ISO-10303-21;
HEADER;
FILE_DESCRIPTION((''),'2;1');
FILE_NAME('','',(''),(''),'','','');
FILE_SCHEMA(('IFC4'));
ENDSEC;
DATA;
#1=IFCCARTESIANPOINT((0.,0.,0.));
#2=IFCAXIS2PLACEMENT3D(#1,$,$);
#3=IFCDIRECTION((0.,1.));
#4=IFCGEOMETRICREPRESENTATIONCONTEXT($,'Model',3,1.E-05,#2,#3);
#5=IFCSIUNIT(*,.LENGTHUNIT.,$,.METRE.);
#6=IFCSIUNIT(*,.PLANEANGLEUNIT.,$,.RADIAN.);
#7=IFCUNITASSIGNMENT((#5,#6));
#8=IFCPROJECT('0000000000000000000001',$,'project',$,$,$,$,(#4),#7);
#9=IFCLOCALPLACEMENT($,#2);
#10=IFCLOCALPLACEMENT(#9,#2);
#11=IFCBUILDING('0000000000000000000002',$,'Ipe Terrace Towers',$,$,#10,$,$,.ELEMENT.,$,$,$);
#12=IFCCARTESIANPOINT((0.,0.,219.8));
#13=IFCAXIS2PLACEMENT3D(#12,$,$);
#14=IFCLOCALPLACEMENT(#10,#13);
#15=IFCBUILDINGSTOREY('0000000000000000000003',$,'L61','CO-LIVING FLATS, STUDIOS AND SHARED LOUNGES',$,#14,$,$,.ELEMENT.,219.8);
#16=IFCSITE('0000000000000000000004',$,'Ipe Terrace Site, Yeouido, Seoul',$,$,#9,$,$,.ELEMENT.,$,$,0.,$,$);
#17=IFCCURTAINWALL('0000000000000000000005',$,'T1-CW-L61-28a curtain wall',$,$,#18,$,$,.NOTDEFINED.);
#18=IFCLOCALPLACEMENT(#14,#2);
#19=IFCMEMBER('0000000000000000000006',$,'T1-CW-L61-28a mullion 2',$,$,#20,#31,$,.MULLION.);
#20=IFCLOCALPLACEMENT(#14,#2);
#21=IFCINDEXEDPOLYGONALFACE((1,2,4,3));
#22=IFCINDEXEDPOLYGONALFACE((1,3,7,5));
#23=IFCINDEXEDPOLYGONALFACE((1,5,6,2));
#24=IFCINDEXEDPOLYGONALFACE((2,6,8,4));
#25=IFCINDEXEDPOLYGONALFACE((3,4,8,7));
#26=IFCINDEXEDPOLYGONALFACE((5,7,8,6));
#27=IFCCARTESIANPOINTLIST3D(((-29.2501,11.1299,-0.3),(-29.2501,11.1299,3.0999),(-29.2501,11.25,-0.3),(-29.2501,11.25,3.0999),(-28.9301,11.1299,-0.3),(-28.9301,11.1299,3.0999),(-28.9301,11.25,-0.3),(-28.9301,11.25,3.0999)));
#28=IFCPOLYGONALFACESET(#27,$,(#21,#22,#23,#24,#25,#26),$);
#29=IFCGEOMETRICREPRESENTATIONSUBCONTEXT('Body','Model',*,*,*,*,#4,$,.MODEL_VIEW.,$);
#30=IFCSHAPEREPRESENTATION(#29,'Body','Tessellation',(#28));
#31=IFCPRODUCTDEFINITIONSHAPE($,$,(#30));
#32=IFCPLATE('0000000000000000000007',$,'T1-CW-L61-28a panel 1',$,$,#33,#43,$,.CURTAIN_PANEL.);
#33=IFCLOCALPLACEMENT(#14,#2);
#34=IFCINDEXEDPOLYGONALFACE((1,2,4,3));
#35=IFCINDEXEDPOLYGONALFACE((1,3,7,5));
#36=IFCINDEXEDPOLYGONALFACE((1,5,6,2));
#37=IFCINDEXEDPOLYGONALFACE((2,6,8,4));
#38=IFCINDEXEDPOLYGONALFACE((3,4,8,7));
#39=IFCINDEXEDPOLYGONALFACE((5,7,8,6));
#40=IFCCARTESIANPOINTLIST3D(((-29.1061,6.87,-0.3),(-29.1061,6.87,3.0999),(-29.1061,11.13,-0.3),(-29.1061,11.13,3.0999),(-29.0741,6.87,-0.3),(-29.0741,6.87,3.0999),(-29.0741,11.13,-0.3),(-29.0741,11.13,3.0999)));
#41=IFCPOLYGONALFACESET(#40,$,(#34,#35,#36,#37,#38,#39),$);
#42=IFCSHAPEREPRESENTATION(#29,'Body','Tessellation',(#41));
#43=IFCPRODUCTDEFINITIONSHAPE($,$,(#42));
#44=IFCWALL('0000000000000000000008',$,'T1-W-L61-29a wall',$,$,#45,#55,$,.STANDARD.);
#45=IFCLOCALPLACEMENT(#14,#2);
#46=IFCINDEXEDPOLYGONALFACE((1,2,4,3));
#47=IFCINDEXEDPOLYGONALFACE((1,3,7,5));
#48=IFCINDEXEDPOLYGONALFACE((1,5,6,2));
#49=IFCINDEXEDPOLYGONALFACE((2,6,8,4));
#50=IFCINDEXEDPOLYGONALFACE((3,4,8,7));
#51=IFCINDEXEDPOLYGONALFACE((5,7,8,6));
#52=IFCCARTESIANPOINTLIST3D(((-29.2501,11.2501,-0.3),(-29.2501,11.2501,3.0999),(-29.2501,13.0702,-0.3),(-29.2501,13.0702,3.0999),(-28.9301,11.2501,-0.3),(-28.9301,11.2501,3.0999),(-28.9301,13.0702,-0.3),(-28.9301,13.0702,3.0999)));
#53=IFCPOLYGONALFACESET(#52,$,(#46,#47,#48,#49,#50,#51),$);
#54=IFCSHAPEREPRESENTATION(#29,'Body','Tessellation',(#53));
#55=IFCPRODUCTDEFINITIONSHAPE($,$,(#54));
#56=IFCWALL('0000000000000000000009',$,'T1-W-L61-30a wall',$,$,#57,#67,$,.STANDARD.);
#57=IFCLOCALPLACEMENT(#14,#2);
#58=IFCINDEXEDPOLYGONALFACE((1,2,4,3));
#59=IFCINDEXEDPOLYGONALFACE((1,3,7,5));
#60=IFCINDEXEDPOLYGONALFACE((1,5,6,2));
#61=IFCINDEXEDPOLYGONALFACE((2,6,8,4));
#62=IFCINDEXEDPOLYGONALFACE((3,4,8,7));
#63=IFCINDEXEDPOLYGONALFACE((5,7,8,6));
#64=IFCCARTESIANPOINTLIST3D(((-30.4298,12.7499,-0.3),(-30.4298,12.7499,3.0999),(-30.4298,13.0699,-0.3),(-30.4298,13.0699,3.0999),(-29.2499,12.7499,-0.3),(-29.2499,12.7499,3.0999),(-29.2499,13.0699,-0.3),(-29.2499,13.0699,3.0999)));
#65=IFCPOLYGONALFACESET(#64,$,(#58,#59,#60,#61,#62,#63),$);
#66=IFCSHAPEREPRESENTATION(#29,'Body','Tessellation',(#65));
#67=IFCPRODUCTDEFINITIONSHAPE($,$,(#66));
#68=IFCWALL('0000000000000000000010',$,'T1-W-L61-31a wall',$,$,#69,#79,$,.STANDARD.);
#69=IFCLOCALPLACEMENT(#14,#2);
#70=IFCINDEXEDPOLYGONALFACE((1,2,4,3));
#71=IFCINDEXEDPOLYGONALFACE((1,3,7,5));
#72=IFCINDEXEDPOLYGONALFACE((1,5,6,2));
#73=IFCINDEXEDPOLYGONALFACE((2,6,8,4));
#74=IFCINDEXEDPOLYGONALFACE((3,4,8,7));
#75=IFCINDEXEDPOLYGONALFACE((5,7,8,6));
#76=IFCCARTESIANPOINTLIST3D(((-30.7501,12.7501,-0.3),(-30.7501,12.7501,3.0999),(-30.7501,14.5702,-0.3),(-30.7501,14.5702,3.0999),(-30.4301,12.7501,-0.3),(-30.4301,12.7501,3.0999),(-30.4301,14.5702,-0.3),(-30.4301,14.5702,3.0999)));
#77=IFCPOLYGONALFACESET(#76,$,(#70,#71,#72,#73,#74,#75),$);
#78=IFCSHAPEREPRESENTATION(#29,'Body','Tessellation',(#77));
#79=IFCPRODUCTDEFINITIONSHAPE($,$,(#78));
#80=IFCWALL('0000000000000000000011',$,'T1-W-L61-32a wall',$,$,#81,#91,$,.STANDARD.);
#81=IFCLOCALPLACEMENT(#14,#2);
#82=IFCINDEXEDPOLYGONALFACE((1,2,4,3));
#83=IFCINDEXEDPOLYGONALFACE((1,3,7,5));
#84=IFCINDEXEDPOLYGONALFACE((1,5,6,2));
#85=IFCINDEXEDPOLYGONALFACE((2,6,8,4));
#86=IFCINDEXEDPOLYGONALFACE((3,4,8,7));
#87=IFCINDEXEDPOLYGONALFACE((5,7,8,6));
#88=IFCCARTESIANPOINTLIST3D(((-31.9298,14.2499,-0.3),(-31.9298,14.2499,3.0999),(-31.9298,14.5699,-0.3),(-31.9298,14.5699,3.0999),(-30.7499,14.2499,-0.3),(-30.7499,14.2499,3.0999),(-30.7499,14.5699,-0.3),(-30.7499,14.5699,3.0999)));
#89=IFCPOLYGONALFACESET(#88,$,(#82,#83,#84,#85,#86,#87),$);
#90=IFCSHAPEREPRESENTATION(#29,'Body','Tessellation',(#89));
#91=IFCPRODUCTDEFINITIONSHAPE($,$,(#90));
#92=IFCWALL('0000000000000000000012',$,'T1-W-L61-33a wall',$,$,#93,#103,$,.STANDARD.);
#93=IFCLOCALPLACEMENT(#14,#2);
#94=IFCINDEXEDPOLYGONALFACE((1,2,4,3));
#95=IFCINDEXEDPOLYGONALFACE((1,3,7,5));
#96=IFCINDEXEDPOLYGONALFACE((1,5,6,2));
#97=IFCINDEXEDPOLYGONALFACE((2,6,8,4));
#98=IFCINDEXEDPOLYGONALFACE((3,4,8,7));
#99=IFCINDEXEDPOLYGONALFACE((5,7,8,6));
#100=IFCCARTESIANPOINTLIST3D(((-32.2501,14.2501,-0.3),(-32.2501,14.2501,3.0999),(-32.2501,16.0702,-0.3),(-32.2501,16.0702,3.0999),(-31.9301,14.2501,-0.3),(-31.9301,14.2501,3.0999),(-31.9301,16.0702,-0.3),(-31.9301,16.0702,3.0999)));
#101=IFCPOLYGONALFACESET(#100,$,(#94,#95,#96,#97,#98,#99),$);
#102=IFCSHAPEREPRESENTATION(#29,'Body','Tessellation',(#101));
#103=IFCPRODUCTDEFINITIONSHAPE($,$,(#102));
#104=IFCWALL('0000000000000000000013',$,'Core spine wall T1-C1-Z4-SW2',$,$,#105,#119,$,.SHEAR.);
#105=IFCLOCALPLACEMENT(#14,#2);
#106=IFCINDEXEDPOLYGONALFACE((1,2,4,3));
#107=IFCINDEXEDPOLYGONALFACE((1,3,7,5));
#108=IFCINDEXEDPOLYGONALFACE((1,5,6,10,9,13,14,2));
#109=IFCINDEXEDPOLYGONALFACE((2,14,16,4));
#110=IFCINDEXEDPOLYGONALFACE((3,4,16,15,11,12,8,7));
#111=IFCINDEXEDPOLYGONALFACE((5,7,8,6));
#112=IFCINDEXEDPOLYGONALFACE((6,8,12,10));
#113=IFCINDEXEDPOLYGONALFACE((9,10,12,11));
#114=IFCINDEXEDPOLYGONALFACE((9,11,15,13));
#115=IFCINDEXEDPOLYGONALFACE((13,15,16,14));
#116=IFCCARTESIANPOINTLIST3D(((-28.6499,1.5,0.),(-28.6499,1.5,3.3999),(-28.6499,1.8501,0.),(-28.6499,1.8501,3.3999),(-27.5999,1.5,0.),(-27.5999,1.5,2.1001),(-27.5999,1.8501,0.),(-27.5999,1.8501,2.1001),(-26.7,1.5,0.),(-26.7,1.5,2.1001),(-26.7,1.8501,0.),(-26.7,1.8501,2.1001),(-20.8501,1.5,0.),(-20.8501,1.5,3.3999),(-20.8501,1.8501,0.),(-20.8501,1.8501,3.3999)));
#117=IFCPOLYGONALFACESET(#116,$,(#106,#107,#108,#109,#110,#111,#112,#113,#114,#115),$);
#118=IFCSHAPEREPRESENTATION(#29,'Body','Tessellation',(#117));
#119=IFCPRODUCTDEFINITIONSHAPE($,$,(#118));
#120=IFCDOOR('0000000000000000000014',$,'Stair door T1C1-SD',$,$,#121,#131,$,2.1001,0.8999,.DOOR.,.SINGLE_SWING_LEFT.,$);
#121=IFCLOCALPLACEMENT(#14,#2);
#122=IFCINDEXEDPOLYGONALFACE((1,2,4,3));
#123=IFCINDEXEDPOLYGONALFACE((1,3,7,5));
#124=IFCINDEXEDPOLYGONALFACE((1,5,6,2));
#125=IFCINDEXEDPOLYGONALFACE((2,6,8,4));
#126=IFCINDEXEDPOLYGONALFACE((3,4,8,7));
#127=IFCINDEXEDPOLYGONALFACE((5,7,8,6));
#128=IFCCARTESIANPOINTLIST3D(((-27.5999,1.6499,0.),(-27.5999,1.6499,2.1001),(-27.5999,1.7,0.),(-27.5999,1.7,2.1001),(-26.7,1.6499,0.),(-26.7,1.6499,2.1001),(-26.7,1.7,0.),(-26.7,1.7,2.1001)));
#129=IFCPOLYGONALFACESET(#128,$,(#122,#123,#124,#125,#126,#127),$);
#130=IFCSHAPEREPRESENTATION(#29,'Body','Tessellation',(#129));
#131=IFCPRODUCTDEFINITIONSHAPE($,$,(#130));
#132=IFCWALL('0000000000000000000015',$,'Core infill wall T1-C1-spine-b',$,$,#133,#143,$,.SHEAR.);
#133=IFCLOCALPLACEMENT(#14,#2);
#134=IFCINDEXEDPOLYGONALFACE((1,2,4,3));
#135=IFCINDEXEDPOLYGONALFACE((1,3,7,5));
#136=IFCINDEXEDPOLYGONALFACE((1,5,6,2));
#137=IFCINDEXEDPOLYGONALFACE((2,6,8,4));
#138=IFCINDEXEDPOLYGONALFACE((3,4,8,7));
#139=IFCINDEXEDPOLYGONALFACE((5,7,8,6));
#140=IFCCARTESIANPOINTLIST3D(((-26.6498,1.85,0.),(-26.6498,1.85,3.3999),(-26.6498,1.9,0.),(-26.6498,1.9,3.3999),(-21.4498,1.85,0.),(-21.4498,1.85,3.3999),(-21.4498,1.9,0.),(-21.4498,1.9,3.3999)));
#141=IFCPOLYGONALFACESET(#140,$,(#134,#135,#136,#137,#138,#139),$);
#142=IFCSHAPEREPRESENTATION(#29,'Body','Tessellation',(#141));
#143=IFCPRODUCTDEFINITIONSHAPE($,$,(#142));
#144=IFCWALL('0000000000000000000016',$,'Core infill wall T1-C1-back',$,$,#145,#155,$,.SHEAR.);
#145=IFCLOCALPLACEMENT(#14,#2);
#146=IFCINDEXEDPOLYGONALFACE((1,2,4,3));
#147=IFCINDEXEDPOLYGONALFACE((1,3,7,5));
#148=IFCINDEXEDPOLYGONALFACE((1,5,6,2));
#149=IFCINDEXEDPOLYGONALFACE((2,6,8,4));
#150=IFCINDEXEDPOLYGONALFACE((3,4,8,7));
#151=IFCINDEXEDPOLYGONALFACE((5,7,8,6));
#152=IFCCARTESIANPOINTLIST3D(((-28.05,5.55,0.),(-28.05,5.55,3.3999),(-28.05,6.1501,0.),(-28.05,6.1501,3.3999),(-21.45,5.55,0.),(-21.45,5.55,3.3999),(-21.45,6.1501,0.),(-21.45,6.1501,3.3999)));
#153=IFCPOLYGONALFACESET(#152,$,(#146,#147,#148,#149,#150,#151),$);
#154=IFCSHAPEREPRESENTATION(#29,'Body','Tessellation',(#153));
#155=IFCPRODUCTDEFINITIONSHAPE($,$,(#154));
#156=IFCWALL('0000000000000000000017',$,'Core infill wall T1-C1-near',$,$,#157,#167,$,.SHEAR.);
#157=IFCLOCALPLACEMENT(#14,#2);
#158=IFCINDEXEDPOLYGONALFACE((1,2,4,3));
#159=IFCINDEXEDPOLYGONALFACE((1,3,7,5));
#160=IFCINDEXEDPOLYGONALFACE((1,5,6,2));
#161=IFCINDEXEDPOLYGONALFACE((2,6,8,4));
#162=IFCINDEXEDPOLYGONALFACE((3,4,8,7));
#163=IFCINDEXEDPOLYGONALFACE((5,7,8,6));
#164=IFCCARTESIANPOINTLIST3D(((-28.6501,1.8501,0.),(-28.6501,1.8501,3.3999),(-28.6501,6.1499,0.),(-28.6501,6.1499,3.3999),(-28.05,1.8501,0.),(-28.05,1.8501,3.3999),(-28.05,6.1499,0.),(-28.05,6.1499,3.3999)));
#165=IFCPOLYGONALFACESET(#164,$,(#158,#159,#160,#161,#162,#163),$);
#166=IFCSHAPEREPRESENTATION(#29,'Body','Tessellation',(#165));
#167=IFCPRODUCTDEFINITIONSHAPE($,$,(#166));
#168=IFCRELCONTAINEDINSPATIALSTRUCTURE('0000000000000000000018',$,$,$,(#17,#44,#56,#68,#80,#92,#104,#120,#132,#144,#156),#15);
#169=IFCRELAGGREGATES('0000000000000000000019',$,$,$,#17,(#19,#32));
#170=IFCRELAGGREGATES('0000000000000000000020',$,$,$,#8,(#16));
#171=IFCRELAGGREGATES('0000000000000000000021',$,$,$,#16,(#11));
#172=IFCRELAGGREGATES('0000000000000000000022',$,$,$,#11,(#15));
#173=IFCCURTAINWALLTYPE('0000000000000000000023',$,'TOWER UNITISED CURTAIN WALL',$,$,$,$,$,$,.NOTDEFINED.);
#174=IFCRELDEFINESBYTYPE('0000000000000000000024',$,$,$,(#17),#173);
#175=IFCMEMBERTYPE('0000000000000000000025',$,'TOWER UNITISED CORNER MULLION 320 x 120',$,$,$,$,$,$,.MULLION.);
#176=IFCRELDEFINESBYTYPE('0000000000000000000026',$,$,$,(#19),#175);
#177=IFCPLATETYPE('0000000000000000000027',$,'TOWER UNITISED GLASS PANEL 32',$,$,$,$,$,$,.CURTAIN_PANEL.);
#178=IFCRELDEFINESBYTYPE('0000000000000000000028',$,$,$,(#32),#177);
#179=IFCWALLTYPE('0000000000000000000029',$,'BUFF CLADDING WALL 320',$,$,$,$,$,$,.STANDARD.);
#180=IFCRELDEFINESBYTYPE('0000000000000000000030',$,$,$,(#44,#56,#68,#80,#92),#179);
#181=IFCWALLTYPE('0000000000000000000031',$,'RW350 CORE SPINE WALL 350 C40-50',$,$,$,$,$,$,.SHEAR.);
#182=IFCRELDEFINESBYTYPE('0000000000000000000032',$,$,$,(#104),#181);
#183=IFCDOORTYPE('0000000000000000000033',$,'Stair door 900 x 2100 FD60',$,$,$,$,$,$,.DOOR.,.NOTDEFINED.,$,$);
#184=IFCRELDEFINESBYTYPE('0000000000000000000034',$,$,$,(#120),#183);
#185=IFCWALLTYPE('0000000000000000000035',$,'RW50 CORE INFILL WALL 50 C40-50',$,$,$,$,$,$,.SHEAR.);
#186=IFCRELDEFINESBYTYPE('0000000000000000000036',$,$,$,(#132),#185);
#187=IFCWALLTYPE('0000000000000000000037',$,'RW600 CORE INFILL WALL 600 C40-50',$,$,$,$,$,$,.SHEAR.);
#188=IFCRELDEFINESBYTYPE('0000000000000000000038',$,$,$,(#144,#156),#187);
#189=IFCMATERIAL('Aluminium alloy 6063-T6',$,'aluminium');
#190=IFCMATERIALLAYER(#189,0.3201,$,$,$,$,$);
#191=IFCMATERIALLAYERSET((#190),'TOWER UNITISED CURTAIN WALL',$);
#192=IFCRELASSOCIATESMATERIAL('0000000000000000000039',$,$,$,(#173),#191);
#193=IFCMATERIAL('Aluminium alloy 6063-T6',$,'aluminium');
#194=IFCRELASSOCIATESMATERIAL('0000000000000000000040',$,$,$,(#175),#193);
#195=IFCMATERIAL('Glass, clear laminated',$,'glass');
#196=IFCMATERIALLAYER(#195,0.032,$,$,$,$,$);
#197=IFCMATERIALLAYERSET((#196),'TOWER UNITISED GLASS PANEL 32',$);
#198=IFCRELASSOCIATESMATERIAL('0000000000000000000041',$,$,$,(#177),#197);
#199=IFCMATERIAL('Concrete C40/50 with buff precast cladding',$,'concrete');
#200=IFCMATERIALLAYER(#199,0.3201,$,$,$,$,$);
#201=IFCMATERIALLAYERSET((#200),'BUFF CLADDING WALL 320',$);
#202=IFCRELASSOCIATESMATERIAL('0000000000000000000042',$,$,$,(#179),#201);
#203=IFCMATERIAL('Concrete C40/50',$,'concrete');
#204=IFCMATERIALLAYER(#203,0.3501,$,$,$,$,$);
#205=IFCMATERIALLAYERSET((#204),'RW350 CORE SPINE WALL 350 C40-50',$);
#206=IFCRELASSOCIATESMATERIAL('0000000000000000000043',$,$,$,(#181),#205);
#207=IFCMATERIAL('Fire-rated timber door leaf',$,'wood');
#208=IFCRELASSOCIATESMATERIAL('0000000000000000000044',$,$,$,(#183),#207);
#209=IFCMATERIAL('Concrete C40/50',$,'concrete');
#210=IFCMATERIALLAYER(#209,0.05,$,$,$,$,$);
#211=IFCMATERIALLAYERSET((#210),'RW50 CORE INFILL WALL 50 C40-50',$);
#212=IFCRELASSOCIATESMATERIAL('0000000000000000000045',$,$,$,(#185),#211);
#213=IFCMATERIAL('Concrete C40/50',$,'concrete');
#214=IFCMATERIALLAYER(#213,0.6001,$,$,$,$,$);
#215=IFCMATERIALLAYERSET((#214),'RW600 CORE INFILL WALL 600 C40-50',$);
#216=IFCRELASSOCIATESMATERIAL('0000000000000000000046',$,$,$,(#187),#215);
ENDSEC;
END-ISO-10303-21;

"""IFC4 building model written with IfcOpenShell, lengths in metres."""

from ifc_helpers import new_model, si_unit, direction, frame, frame_2d, origin, origin_2d, place, context, subcontext, project, spatial, rectangle, extrude, material, layer, layer_set, material_profile, profile_set, type_object, element, fill, aggregate, save


model = new_model("IFC4")

# Units and contexts
model_context = context("Model", 3, precision=1e-05, world=origin(), true_north=direction((0.0, 1.0)))
body_context = subcontext(model_context, "Body", "Model", "MODEL_VIEW")
ifc_project = project(units=[si_unit("LENGTHUNIT", "METRE"), si_unit("PLANEANGLEUNIT", "RADIAN")], contexts=[model_context])

# Site, building, storey
site_placement = place(None, origin())
site = spatial("IfcSite", under=ifc_project, at=site_placement, Name="Ipe Terrace Site, Yeouido, Seoul", CompositionType="ELEMENT", RefElevation=0.0)
building_placement = place(site_placement, origin())
building = spatial("IfcBuilding", under=site, at=building_placement, Name="Ipe Terrace Towers", CompositionType="ELEMENT")
storey_placement = place(building_placement, frame((0.0, 0.0, 219.8)))
storey = spatial("IfcBuildingStorey", under=building, at=storey_placement, Name="L61", Description="CO-LIVING FLATS, STUDIOS AND SHARED LOUNGES", CompositionType="ELEMENT", Elevation=219.8)

# Curtain wall, member, plate
ifc_material_1 = material(Name="Aluminium alloy 6063-T6", Category="aluminium")
ifc_layer_1 = layer(ifc_material_1, 0.3201)
ifc_layer_set_1 = layer_set([ifc_layer_1], Name="TOWER UNITISED CURTAIN WALL")
curtain_wall_type = type_object("IfcCurtainWallType", Name="TOWER UNITISED CURTAIN WALL", PredefinedType="NOTDEFINED", material=ifc_layer_set_1)
curtain_wall_placement = place(storey_placement, origin())
curtain_wall = element("IfcCurtainWall", 1, at=curtain_wall_placement, inside=storey, type_object=curtain_wall_type, Name="T1-CW-L61-28a curtain wall", PredefinedType="NOTDEFINED")
ifc_material_2 = material(Name="Aluminium alloy 6063-T6", Category="aluminium")
ifc_material_profile_1 = material_profile(ifc_material_2, rectangle(XDim=0.3201, YDim=0.1201, at=origin_2d()), Name="TOWER UNITISED CORNER MULLION 320 x 120")
ifc_profile_set_1 = profile_set([ifc_material_profile_1], Name="Aluminium alloy 6063-T6")
member_type = type_object("IfcMemberType", Name="TOWER UNITISED CORNER MULLION 320 x 120", PredefinedType="MULLION", material=ifc_profile_set_1)
member_1_placement = place(storey_placement, frame((-29.0901, 11.1899, -0.3), z_axis=(0.0, 0.0, 1.0), x_axis=(1.0, 0.0, 0.0)))
member_1 = element("IfcMember", 2, at=member_1_placement, type_object=member_type, Name="T1-CW-L61-28a mullion 2", PredefinedType="MULLION", context=body_context, shape_type="SweptSolid", body=[
    extrude(rectangle(XDim=0.3201, YDim=0.1201, at=origin_2d()), origin(), (0.0, 0.0, 1.0), 3.3999),
])
ifc_material_3 = material(Name="Glass, clear laminated", Category="glass")
ifc_layer_2 = layer(ifc_material_3, 0.032)
ifc_layer_set_2 = layer_set([ifc_layer_2], Name="TOWER UNITISED GLASS PANEL 32")
plate_type = type_object("IfcPlateType", Name="TOWER UNITISED GLASS PANEL 32", PredefinedType="CURTAIN_PANEL", material=ifc_layer_set_2)
plate_placement = place(storey_placement, frame((-29.0901, 9.0, -0.3), z_axis=(0.0, 0.0, 1.0), x_axis=(0.0, 1.0, 0.0)))
plate = element("IfcPlate", 3, at=plate_placement, type_object=plate_type, Name="T1-CW-L61-28a panel 1", PredefinedType="CURTAIN_PANEL", context=body_context, shape_type="SweptSolid", body=[
    extrude(rectangle(XDim=4.26, YDim=0.032, at=origin_2d()), origin(), (0.0, 0.0, 1.0), 3.3999),
])
aggregate(curtain_wall, [member_1, plate])

# Walls
ifc_material_4 = material(Name="Concrete C40/50 with buff precast cladding", Category="concrete")
ifc_layer_3 = layer(ifc_material_4, 0.3201)
ifc_layer_set_3 = layer_set([ifc_layer_3], Name="BUFF CLADDING WALL 320")
wall_type_1 = type_object("IfcWallType", Name="BUFF CLADDING WALL 320", PredefinedType="STANDARD", material=ifc_layer_set_3)
wall_1_placement = place(storey_placement, frame((-29.0901, 11.25, -0.3), z_axis=(0.0, 0.0, 1.0), x_axis=(0.0, 1.0, 0.0)))
element("IfcWall", 4, at=wall_1_placement, inside=storey, type_object=wall_type_1, Name="T1-W-L61-29a wall", PredefinedType="STANDARD", context=body_context, shape_type="SweptSolid", body=[
    extrude(rectangle(XDim=1.8201, YDim=0.3201, at=frame_2d((0.9102, 0.0))), origin(), (0.0, 0.0, 1.0), 3.3999),
])
wall_2_placement = place(storey_placement, frame((-29.25, 12.9099, -0.3), z_axis=(0.0, 0.0, 1.0), x_axis=(-1.0, 0.0, 0.0)))
element("IfcWall", 5, at=wall_2_placement, inside=storey, type_object=wall_type_1, Name="T1-W-L61-30a wall", PredefinedType="STANDARD", context=body_context, shape_type="SweptSolid", body=[
    extrude(rectangle(XDim=1.1799, YDim=0.3201, at=frame_2d((0.5898, 0.0))), origin(), (0.0, 0.0, 1.0), 3.3999),
])
wall_3_placement = place(storey_placement, frame((-30.5901, 12.75, -0.3), z_axis=(0.0, 0.0, 1.0), x_axis=(0.0, 1.0, 0.0)))
element("IfcWall", 6, at=wall_3_placement, inside=storey, type_object=wall_type_1, Name="T1-W-L61-31a wall", PredefinedType="STANDARD", context=body_context, shape_type="SweptSolid", body=[
    extrude(rectangle(XDim=1.8201, YDim=0.3201, at=frame_2d((0.9102, 0.0))), origin(), (0.0, 0.0, 1.0), 3.3999),
])
wall_4_placement = place(storey_placement, frame((-30.75, 14.4099, -0.3), z_axis=(0.0, 0.0, 1.0), x_axis=(-1.0, 0.0, 0.0)))
element("IfcWall", 7, at=wall_4_placement, inside=storey, type_object=wall_type_1, Name="T1-W-L61-32a wall", PredefinedType="STANDARD", context=body_context, shape_type="SweptSolid", body=[
    extrude(rectangle(XDim=1.1799, YDim=0.3201, at=frame_2d((0.5898, 0.0))), origin(), (0.0, 0.0, 1.0), 3.3999),
])
wall_5_placement = place(storey_placement, frame((-32.0901, 14.25, -0.3), z_axis=(0.0, 0.0, 1.0), x_axis=(0.0, 1.0, 0.0)))
element("IfcWall", 8, at=wall_5_placement, inside=storey, type_object=wall_type_1, Name="T1-W-L61-33a wall", PredefinedType="STANDARD", context=body_context, shape_type="SweptSolid", body=[
    extrude(rectangle(XDim=1.8201, YDim=0.3201, at=frame_2d((0.9102, 0.0))), origin(), (0.0, 0.0, 1.0), 3.3999),
])

# Wall, opening, door
ifc_material_5 = material(Name="Concrete C40/50", Category="concrete")
ifc_layer_4 = layer(ifc_material_5, 0.3501)
ifc_layer_set_4 = layer_set([ifc_layer_4], Name="RW350 CORE SPINE WALL 350 C40-50")
wall_type_2 = type_object("IfcWallType", Name="RW350 CORE SPINE WALL 350 C40-50", PredefinedType="SHEAR", material=ifc_layer_set_4)
wall_6_placement = place(storey_placement, frame((-28.6499, 1.675, 0.0), z_axis=(0.0, 0.0, 1.0), x_axis=(1.0, 0.0, 0.0)))
wall_6 = element("IfcWall", 9, at=wall_6_placement, inside=storey, type_object=wall_type_2, Name="Core spine wall T1-C1-Z4-SW2", PredefinedType="SHEAR", context=body_context, shape_type="SweptSolid", body=[
    extrude(rectangle(XDim=7.7998, YDim=0.3501, at=frame_2d((3.8999, 0.0))), origin(), (0.0, 0.0, 1.0), 3.3999),
])
opening_1_placement = place(wall_6_placement, frame((1.05, 0.0, 0.0)))
opening_1 = element("IfcOpeningElement", 10, at=opening_1_placement, cuts=wall_6, PredefinedType="OPENING", context=body_context, shape_type="SweptSolid", body=[
    extrude(rectangle(XDim=0.8999, YDim=2.1001, at=frame_2d((0.45, 1.05))), frame((0.0, 0.1851, 0.0), z_axis=(0.0, -1.0, 0.0), x_axis=(1.0, 0.0, 0.0)), (0.0, 0.0, 1.0), 0.3701),
])
ifc_material_6 = material(Name="Fire-rated timber door leaf", Category="wood")
door_type_1 = type_object("IfcDoorType", Name="Stair door 900 x 2100 FD60", OperationType="NOTDEFINED", PredefinedType="DOOR", material=ifc_material_6)
door_1_placement = place(opening_1_placement, origin())
door_1 = element("IfcDoor", 11, at=door_1_placement, inside=storey, type_object=door_type_1, Name="Stair door T1C1-SD", OperationType="SINGLE_SWING_LEFT", OverallHeight=2.1001, OverallWidth=0.8999, PredefinedType="DOOR", context=body_context, shape_type="SweptSolid", body=[
    extrude(rectangle(XDim=0.8999, YDim=2.1001, at=frame_2d((0.45, 1.05))), frame((0.0, 0.0249, 0.0), z_axis=(0.0, -1.0, 0.0), x_axis=(1.0, 0.0, 0.0)), (0.0, 0.0, 1.0), 0.05),
])
fill(opening_1, door_1)

# Walls
ifc_material_7 = material(Name="Concrete C40/50", Category="concrete")
ifc_layer_5 = layer(ifc_material_7, 0.05)
ifc_layer_set_5 = layer_set([ifc_layer_5], Name="RW50 CORE INFILL WALL 50 C40-50")
wall_type_3 = type_object("IfcWallType", Name="RW50 CORE INFILL WALL 50 C40-50", PredefinedType="SHEAR", material=ifc_layer_set_5)
wall_7_placement = place(storey_placement, frame((-26.6499, 1.875, 0.0), z_axis=(0.0, 0.0, 1.0), x_axis=(1.0, 0.0, 0.0)))
element("IfcWall", 12, at=wall_7_placement, inside=storey, type_object=wall_type_3, Name="Core infill wall T1-C1-spine-b", PredefinedType="SHEAR", context=body_context, shape_type="SweptSolid", body=[
    extrude(rectangle(XDim=5.2, YDim=0.05, at=frame_2d((2.6001, 0.0))), origin(), (0.0, 0.0, 1.0), 3.3999),
])
ifc_material_8 = material(Name="Concrete C40/50", Category="concrete")
ifc_layer_6 = layer(ifc_material_8, 0.6001)
ifc_layer_set_6 = layer_set([ifc_layer_6], Name="RW600 CORE INFILL WALL 600 C40-50")
wall_type_4 = type_object("IfcWallType", Name="RW600 CORE INFILL WALL 600 C40-50", PredefinedType="SHEAR", material=ifc_layer_set_6)
wall_8_placement = place(storey_placement, frame((-28.05, 5.8501, 0.0), z_axis=(0.0, 0.0, 1.0), x_axis=(1.0, 0.0, 0.0)))
element("IfcWall", 13, at=wall_8_placement, inside=storey, type_object=wall_type_4, Name="Core infill wall T1-C1-back", PredefinedType="SHEAR", context=body_context, shape_type="SweptSolid", body=[
    extrude(rectangle(XDim=6.6001, YDim=0.6001, at=frame_2d((3.3, 0.0))), origin(), (0.0, 0.0, 1.0), 3.3999),
])
wall_9_placement = place(storey_placement, frame((-28.3501, 1.8501, 0.0), z_axis=(0.0, 0.0, 1.0), x_axis=(0.0, 1.0, 0.0)))
element("IfcWall", 14, at=wall_9_placement, inside=storey, type_object=wall_type_4, Name="Core infill wall T1-C1-near", PredefinedType="SHEAR", context=body_context, shape_type="SweptSolid", body=[
    extrude(rectangle(XDim=4.2998, YDim=0.6001, at=frame_2d((2.1499, 0.0))), origin(), (0.0, 0.0, 1.0), 3.3999),
])

save(model, "model.ifc")
